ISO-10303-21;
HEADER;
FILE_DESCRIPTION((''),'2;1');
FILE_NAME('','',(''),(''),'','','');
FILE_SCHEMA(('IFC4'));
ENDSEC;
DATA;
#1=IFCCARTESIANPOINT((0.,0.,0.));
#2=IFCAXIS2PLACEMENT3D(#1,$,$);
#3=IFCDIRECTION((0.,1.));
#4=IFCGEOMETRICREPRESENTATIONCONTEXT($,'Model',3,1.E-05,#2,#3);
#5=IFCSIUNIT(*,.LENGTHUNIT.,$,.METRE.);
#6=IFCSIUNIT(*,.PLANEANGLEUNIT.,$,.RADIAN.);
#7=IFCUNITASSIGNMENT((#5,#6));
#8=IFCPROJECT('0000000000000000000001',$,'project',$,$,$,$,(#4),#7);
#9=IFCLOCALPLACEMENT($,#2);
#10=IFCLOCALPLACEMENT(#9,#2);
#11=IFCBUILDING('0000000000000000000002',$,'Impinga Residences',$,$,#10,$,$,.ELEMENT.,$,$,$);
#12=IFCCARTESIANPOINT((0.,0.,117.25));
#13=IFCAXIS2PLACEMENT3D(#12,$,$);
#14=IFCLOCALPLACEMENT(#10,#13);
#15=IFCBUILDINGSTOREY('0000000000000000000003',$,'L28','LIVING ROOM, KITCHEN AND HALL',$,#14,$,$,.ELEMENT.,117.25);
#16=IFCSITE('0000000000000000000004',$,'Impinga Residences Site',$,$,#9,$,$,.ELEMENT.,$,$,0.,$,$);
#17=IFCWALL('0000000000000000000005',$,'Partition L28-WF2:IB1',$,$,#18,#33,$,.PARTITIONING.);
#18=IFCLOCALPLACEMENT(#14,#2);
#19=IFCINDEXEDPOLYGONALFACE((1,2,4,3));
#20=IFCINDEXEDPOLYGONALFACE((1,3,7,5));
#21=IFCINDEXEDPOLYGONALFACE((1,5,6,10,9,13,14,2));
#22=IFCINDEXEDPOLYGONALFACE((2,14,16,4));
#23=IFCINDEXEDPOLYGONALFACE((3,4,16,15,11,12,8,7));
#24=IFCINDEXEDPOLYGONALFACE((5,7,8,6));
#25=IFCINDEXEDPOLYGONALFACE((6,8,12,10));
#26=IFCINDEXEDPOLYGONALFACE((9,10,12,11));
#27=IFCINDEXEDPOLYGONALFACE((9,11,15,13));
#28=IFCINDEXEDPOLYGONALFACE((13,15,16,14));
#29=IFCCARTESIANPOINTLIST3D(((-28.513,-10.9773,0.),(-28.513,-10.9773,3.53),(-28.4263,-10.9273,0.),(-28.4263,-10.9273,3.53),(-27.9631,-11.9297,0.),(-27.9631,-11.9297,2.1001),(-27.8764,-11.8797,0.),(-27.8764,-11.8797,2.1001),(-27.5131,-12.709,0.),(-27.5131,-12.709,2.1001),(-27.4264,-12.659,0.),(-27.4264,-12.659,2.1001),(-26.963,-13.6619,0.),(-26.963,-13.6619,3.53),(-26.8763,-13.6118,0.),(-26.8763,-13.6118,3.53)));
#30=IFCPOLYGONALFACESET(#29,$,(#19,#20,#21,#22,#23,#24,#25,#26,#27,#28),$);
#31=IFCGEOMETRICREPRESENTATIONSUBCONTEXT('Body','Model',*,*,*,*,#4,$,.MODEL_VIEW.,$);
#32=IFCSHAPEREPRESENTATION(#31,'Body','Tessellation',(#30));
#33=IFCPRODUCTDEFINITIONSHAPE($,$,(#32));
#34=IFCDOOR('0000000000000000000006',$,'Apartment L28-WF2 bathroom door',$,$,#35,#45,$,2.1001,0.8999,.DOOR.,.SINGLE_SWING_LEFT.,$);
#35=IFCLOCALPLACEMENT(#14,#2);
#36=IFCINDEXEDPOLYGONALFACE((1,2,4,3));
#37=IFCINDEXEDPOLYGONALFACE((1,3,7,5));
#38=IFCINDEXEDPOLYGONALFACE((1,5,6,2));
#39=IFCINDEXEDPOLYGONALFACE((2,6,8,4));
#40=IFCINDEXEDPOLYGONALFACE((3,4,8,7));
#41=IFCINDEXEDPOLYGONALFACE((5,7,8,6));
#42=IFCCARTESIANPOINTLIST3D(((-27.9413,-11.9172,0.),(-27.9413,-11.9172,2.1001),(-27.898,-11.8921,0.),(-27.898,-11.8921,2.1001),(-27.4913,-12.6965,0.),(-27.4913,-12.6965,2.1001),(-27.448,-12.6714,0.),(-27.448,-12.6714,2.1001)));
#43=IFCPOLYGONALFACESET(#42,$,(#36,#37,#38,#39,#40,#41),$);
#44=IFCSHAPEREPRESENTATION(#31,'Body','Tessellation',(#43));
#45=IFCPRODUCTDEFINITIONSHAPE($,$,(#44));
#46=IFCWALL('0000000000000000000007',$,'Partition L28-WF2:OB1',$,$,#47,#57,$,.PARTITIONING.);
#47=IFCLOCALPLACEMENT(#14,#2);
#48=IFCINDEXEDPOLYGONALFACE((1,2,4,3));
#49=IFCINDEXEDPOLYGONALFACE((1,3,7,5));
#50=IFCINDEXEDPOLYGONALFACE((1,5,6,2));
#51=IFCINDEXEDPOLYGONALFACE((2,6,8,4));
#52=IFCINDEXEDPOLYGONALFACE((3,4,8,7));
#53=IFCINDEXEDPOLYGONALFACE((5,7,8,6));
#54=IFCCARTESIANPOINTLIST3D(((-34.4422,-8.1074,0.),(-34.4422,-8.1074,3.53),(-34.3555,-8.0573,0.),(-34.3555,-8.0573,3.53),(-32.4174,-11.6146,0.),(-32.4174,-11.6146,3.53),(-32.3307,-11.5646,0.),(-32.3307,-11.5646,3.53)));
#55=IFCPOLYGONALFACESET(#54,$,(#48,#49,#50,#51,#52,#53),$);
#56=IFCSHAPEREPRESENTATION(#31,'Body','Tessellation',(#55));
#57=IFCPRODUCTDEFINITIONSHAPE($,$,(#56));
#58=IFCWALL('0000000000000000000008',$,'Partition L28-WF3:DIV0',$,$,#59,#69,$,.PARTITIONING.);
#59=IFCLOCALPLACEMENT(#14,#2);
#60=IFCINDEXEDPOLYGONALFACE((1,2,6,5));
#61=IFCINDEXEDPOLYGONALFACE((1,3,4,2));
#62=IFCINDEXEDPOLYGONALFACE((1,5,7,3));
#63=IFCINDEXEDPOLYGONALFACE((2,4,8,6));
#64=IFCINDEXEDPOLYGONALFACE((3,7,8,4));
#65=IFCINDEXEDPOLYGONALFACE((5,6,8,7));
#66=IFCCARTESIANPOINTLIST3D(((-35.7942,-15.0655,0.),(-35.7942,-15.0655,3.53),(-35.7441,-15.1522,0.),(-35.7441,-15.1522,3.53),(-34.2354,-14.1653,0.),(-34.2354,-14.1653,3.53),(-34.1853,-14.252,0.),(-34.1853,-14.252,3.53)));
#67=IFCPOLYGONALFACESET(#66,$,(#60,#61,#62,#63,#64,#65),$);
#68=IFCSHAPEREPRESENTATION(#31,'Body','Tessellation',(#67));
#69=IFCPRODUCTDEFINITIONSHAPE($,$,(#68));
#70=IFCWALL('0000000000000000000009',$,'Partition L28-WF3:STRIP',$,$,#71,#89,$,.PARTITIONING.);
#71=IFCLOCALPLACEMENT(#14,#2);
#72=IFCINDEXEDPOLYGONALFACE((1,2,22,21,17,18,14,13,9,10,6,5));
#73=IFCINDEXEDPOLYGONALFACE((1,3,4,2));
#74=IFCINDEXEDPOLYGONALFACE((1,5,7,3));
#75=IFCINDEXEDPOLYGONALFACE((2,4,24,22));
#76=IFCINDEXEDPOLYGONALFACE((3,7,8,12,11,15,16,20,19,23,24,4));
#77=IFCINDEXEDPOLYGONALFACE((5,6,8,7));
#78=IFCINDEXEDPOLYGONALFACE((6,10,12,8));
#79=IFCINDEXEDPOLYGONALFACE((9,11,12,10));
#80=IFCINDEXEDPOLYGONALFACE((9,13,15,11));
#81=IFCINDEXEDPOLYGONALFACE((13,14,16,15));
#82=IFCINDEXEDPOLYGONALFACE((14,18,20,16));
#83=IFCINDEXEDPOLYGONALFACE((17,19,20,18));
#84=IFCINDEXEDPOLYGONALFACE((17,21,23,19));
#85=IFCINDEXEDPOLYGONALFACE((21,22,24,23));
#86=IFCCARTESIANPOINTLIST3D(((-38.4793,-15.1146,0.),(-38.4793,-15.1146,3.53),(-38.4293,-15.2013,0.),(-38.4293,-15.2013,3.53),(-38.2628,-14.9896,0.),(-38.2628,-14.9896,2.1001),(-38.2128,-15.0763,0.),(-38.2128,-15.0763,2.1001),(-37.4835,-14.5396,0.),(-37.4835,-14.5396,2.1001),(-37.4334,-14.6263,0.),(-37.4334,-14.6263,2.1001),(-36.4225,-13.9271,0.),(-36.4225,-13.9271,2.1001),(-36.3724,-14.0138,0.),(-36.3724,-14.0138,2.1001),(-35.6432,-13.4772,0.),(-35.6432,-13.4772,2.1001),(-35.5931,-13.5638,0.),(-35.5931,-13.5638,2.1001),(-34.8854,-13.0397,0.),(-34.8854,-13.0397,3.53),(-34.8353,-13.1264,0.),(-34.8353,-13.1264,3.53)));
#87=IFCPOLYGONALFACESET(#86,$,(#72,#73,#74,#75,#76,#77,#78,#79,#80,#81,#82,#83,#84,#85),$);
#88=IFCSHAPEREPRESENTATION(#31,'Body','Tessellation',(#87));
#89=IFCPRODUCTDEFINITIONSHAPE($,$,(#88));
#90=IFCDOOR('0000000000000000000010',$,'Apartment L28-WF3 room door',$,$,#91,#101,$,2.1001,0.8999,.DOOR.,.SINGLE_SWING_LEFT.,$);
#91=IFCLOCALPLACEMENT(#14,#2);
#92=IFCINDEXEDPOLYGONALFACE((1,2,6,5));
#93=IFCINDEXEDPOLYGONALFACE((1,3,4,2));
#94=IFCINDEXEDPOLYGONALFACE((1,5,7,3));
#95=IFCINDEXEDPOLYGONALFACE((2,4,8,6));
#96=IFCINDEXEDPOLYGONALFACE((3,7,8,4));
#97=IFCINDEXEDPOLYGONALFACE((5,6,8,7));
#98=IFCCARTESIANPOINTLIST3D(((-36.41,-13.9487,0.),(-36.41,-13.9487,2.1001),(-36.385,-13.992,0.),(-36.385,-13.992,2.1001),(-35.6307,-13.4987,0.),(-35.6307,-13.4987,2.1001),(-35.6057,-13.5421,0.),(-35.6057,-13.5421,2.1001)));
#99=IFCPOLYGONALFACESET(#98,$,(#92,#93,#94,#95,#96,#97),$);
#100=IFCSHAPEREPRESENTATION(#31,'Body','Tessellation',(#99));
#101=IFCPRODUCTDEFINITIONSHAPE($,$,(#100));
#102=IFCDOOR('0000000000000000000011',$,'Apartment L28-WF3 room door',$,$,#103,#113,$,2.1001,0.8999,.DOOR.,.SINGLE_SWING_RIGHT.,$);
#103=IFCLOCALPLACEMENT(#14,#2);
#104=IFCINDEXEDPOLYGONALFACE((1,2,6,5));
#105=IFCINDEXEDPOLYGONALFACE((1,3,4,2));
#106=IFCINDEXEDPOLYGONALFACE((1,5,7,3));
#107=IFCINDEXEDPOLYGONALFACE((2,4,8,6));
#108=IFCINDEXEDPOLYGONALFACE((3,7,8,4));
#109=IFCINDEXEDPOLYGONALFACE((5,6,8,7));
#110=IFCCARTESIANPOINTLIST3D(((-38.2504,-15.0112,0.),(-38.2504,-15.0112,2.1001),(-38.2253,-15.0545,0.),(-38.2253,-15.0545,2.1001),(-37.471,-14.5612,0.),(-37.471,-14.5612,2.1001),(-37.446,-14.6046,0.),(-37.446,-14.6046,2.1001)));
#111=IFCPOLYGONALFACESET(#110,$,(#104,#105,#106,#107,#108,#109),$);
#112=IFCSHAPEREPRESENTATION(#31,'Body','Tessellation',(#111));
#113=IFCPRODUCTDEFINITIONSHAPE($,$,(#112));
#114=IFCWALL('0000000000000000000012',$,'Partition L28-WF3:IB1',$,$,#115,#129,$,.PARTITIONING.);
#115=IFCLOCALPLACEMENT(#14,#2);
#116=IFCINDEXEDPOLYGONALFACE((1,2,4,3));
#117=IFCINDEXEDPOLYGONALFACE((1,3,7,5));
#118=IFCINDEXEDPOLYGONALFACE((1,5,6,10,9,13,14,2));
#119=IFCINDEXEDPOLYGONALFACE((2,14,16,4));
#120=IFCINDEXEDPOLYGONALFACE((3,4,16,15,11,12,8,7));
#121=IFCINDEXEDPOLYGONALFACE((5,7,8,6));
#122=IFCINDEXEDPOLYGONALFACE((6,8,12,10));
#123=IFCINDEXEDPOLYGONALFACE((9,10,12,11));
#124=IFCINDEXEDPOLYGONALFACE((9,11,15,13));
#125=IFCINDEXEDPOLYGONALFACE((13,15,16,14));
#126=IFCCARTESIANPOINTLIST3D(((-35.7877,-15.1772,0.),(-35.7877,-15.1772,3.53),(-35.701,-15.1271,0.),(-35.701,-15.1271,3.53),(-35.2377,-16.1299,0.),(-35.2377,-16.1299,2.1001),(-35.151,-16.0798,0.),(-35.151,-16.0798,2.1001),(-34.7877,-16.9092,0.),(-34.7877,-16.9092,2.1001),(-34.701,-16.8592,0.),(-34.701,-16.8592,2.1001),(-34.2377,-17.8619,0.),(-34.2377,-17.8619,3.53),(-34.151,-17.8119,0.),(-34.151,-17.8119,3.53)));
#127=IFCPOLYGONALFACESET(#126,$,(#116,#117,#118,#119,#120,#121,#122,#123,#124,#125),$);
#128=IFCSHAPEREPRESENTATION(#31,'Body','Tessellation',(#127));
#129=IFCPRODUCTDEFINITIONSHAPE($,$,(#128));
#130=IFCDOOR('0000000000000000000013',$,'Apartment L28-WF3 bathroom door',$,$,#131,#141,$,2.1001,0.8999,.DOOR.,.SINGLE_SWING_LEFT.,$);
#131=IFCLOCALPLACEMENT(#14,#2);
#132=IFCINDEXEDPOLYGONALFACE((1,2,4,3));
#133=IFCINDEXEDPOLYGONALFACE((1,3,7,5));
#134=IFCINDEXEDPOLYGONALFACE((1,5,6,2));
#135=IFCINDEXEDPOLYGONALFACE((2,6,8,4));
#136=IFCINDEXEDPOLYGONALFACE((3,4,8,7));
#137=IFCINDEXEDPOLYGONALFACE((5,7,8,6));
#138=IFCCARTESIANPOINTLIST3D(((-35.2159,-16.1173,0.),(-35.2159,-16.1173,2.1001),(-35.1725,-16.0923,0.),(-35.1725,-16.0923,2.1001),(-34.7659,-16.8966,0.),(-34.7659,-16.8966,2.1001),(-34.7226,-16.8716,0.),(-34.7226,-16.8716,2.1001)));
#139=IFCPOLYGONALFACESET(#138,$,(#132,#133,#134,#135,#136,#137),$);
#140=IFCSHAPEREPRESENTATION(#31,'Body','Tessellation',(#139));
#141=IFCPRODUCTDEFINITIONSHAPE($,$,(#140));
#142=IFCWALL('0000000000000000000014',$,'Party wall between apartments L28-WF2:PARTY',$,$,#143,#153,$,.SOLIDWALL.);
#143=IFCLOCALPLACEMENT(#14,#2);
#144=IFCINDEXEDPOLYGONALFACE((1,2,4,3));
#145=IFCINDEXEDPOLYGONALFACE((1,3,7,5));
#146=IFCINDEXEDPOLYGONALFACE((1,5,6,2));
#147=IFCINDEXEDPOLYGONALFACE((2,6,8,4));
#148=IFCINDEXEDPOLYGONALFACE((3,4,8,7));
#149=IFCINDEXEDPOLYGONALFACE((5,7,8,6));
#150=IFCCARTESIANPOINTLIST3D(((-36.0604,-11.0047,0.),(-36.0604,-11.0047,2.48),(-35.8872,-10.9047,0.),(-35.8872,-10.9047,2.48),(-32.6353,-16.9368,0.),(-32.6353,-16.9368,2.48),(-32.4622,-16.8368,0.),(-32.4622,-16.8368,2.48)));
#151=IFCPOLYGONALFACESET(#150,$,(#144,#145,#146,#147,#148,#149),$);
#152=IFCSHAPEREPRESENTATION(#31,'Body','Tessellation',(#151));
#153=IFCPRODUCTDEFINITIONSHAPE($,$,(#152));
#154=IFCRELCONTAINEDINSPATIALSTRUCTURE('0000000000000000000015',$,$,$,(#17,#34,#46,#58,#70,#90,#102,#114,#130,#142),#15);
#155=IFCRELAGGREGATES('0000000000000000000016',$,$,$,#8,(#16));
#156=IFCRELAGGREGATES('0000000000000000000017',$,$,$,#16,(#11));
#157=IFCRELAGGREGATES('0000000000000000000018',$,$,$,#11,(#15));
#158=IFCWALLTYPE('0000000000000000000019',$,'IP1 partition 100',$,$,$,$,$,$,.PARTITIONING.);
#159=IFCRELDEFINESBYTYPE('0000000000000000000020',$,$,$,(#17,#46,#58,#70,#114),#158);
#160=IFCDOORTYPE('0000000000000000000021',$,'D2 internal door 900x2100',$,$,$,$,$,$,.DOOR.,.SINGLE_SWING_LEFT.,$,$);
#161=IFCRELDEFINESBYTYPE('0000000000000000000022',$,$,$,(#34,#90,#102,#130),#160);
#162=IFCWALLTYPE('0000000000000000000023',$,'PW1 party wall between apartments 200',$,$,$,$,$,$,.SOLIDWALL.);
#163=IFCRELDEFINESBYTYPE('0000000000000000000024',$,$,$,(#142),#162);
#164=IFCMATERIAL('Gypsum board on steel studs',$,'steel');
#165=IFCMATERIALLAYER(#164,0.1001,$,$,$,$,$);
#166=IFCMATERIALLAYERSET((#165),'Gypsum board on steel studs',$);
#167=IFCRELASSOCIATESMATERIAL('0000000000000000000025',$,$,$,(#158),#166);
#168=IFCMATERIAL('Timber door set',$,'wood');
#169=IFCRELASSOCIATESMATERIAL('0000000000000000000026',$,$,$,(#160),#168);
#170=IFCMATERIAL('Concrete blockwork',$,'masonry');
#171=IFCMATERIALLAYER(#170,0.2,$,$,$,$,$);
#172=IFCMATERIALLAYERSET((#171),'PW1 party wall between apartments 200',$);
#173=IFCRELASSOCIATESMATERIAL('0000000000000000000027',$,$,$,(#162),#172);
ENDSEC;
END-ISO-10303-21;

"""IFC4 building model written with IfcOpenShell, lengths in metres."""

from ifc_helpers import new_model, si_unit, direction, frame, frame_2d, origin, place, context, subcontext, project, spatial, rectangle, extrude, material, layer, layer_set, type_object, element, fill, save


model = new_model("IFC4")

# Units and contexts
model_context = context("Model", 3, precision=1e-05, world=origin(), true_north=direction((0.0, 1.0)))
body_context = subcontext(model_context, "Body", "Model", "MODEL_VIEW")
ifc_project = project(units=[si_unit("LENGTHUNIT", "METRE"), si_unit("PLANEANGLEUNIT", "RADIAN")], contexts=[model_context])

# Site, building, storey
site_placement = place(None, origin())
site = spatial("IfcSite", under=ifc_project, at=site_placement, Name="Impinga Residences Site", CompositionType="ELEMENT", RefElevation=0.0)
building_placement = place(site_placement, origin())
building = spatial("IfcBuilding", under=site, at=building_placement, Name="Impinga Residences", CompositionType="ELEMENT")
storey_placement = place(building_placement, frame((0.0, 0.0, 117.25)))
storey = spatial("IfcBuildingStorey", under=building, at=storey_placement, Name="L28", Description="LIVING ROOM, KITCHEN AND HALL", CompositionType="ELEMENT", Elevation=117.25)

# Shared definitions
ifc_material_1 = material(Name="Gypsum board on steel studs", Category="steel")
ifc_layer_1 = layer(ifc_material_1, 0.1001)
ifc_layer_set_1 = layer_set([ifc_layer_1], Name="Gypsum board on steel studs")
wall_type_1 = type_object("IfcWallType", Name="IP1 partition 100", PredefinedType="PARTITIONING", material=ifc_layer_set_1)
ifc_material_2 = material(Name="Timber door set", Category="wood")
door_type = type_object("IfcDoorType", Name="D2 internal door 900x2100", OperationType="SINGLE_SWING_LEFT", PredefinedType="DOOR", material=ifc_material_2)

# Wall, opening, door
wall_1_placement = place(storey_placement, frame((-26.9197, -13.6367, 0.0), z_axis=(0.0, 0.0, 1.0), x_axis=(-0.500027, 0.86601, 0.0)))
wall_1 = element("IfcWall", 1, at=wall_1_placement, inside=storey, type_object=wall_type_1, Name="Partition L28-WF2:IB1", PredefinedType="PARTITIONING", context=body_context, shape_type="SweptSolid", body=[
    extrude(rectangle(XDim=3.0999, YDim=0.1001, at=frame_2d((1.5498, 0.0))), origin(), (0.0, 0.0, 1.0), 3.53),
])
opening_1_placement = place(wall_1_placement, frame((1.1001, 0.0, 0.0)))
opening_1 = element("IfcOpeningElement", 2, at=opening_1_placement, cuts=wall_1, PredefinedType="OPENING", context=body_context, shape_type="SweptSolid", body=[
    extrude(rectangle(XDim=0.8999, YDim=2.1001, at=frame_2d((0.45, 1.05))), frame((0.0, 0.0601, 0.0), z_axis=(0.0, -1.0, 0.0), x_axis=(1.0, 0.0, 0.0)), (0.0, 0.0, 1.0), 0.1201),
])
door_1_placement = place(opening_1_placement, origin())
door_1 = element("IfcDoor", 3, at=door_1_placement, inside=storey, type_object=door_type, Name="Apartment L28-WF2 bathroom door", OperationType="SINGLE_SWING_LEFT", OverallHeight=2.1001, OverallWidth=0.8999, PredefinedType="DOOR", context=body_context, shape_type="SweptSolid", body=[
    extrude(rectangle(XDim=0.8999, YDim=2.1001, at=frame_2d((0.45, 1.05))), frame((0.0, 0.0249, 0.0), z_axis=(0.0, -1.0, 0.0), x_axis=(1.0, 0.0, 0.0)), (0.0, 0.0, 1.0), 0.05),
])
fill(opening_1, door_1)

# Walls
wall_2_placement = place(storey_placement, frame((-32.374, -11.5896, 0.0), z_axis=(0.0, 0.0, 1.0), x_axis=(-0.49999, 0.866031, 0.0)))
element("IfcWall", 4, at=wall_2_placement, inside=storey, type_object=wall_type_1, Name="Partition L28-WF2:OB1", PredefinedType="PARTITIONING", context=body_context, shape_type="SweptSolid", body=[
    extrude(rectangle(XDim=4.0498, YDim=0.1001, at=frame_2d((2.0249, 0.0))), origin(), (0.0, 0.0, 1.0), 3.53),
])
wall_3_placement = place(storey_placement, frame((-34.2104, -14.2087, 0.0), z_axis=(0.0, 0.0, 1.0), x_axis=(-0.865989, -0.500063, 0.0)))
element("IfcWall", 5, at=wall_3_placement, inside=storey, type_object=wall_type_1, Name="Partition L28-WF3:DIV0", PredefinedType="PARTITIONING", context=body_context, shape_type="SweptSolid", body=[
    extrude(rectangle(XDim=1.8, YDim=0.1001, at=frame_2d((0.8999, 0.0))), origin(), (0.0, 0.0, 1.0), 3.53),
])

# Wall, openings, doors
wall_4_placement = place(storey_placement, frame((-34.8604, -13.083, 0.0), z_axis=(0.0, 0.0, 1.0), x_axis=(-0.86603, -0.499992, 0.0)))
wall_4 = element("IfcWall", 6, at=wall_4_placement, inside=storey, type_object=wall_type_1, Name="Partition L28-WF3:STRIP", PredefinedType="PARTITIONING", context=body_context, shape_type="SweptSolid", body=[
    extrude(rectangle(XDim=4.1499, YDim=0.1001, at=frame_2d((2.075, 0.0))), origin(), (0.0, 0.0, 1.0), 3.53),
])
opening_2_placement = place(wall_4_placement, frame((0.875, 0.0, 0.0)))
opening_2 = element("IfcOpeningElement", 7, at=opening_2_placement, cuts=wall_4, PredefinedType="OPENING", context=body_context, shape_type="SweptSolid", body=[
    extrude(rectangle(XDim=0.8999, YDim=2.1001, at=frame_2d((0.45, 1.05))), frame((0.0, 0.0601, 0.0), z_axis=(0.0, -1.0, 0.0), x_axis=(1.0, 0.0, 0.0)), (0.0, 0.0, 1.0), 0.1201),
])
opening_3_placement = place(wall_4_placement, frame((3.0, 0.0, 0.0)))
opening_3 = element("IfcOpeningElement", 8, at=opening_3_placement, cuts=wall_4, PredefinedType="OPENING", context=body_context, shape_type="SweptSolid", body=[
    extrude(rectangle(XDim=0.8999, YDim=2.1001, at=frame_2d((0.45, 1.05))), frame((0.0, 0.0601, 0.0), z_axis=(0.0, -1.0, 0.0), x_axis=(1.0, 0.0, 0.0)), (0.0, 0.0, 1.0), 0.1201),
])
door_2_placement = place(opening_2_placement, origin())
door_2 = element("IfcDoor", 9, at=door_2_placement, inside=storey, type_object=door_type, Name="Apartment L28-WF3 room door", OperationType="SINGLE_SWING_LEFT", OverallHeight=2.1001, OverallWidth=0.8999, PredefinedType="DOOR", context=body_context, shape_type="SweptSolid", body=[
    extrude(rectangle(XDim=0.8999, YDim=2.1001, at=frame_2d((0.45, 1.05))), frame((0.0, 0.0249, 0.0), z_axis=(0.0, -1.0, 0.0), x_axis=(1.0, 0.0, 0.0)), (0.0, 0.0, 1.0), 0.05),
])
fill(opening_2, door_2)
door_3_placement = place(opening_3_placement, origin())
door_3 = element("IfcDoor", 10, at=door_3_placement, inside=storey, type_object=door_type, Name="Apartment L28-WF3 room door", OperationType="SINGLE_SWING_RIGHT", OverallHeight=2.1001, OverallWidth=0.8999, PredefinedType="DOOR", context=body_context, shape_type="SweptSolid", body=[
    extrude(rectangle(XDim=0.8999, YDim=2.1001, at=frame_2d((0.45, 1.05))), frame((0.0, 0.0249, 0.0), z_axis=(0.0, -1.0, 0.0), x_axis=(1.0, 0.0, 0.0)), (0.0, 0.0, 1.0), 0.05),
])
fill(opening_3, door_3)

# Wall, opening, door
wall_5_placement = place(storey_placement, frame((-34.1943, -17.8369, 0.0), z_axis=(0.0, 0.0, 1.0), x_axis=(-0.499993, 0.86603, 0.0)))
wall_5 = element("IfcWall", 11, at=wall_5_placement, inside=storey, type_object=wall_type_1, Name="Partition L28-WF3:IB1", PredefinedType="PARTITIONING", context=body_context, shape_type="SweptSolid", body=[
    extrude(rectangle(XDim=3.1001, YDim=0.1001, at=frame_2d((1.55, 0.0))), origin(), (0.0, 0.0, 1.0), 3.53),
])
opening_4_placement = place(wall_5_placement, frame((1.1001, 0.0, 0.0)))
opening_4 = element("IfcOpeningElement", 12, at=opening_4_placement, cuts=wall_5, PredefinedType="OPENING", context=body_context, shape_type="SweptSolid", body=[
    extrude(rectangle(XDim=0.8999, YDim=2.1001, at=frame_2d((0.45, 1.05))), frame((0.0, 0.0601, 0.0), z_axis=(0.0, -1.0, 0.0), x_axis=(1.0, 0.0, 0.0)), (0.0, 0.0, 1.0), 0.1201),
])
door_4_placement = place(opening_4_placement, origin())
door_4 = element("IfcDoor", 13, at=door_4_placement, inside=storey, type_object=door_type, Name="Apartment L28-WF3 bathroom door", OperationType="SINGLE_SWING_LEFT", OverallHeight=2.1001, OverallWidth=0.8999, PredefinedType="DOOR", context=body_context, shape_type="SweptSolid", body=[
    extrude(rectangle(XDim=0.8999, YDim=2.1001, at=frame_2d((0.45, 1.05))), frame((0.0, 0.0249, 0.0), z_axis=(0.0, -1.0, 0.0), x_axis=(1.0, 0.0, 0.0)), (0.0, 0.0, 1.0), 0.05),
])
fill(opening_4, door_4)

# Wall
ifc_material_3 = material(Name="Concrete blockwork", Category="masonry")
ifc_layer_2 = layer(ifc_material_3, 0.2)
ifc_layer_set_2 = layer_set([ifc_layer_2], Name="PW1 party wall between apartments 200")
wall_type_2 = type_object("IfcWallType", Name="PW1 party wall between apartments 200", PredefinedType="SOLIDWALL", material=ifc_layer_set_2)
wall_6_placement = place(storey_placement, frame((-32.5488, -16.8867, 0.0), z_axis=(0.0, 0.0, 1.0), x_axis=(-0.500015, 0.866017, 0.0)))
element("IfcWall", 14, at=wall_6_placement, inside=storey, type_object=wall_type_2, Name="Party wall between apartments L28-WF2:PARTY", PredefinedType="SOLIDWALL", context=body_context, shape_type="SweptSolid", body=[
    extrude(rectangle(XDim=6.8499, YDim=0.2, at=frame_2d((3.4248, 0.0))), origin(), (0.0, 0.0, 1.0), 2.48),
])

save(model, "model.ifc")
